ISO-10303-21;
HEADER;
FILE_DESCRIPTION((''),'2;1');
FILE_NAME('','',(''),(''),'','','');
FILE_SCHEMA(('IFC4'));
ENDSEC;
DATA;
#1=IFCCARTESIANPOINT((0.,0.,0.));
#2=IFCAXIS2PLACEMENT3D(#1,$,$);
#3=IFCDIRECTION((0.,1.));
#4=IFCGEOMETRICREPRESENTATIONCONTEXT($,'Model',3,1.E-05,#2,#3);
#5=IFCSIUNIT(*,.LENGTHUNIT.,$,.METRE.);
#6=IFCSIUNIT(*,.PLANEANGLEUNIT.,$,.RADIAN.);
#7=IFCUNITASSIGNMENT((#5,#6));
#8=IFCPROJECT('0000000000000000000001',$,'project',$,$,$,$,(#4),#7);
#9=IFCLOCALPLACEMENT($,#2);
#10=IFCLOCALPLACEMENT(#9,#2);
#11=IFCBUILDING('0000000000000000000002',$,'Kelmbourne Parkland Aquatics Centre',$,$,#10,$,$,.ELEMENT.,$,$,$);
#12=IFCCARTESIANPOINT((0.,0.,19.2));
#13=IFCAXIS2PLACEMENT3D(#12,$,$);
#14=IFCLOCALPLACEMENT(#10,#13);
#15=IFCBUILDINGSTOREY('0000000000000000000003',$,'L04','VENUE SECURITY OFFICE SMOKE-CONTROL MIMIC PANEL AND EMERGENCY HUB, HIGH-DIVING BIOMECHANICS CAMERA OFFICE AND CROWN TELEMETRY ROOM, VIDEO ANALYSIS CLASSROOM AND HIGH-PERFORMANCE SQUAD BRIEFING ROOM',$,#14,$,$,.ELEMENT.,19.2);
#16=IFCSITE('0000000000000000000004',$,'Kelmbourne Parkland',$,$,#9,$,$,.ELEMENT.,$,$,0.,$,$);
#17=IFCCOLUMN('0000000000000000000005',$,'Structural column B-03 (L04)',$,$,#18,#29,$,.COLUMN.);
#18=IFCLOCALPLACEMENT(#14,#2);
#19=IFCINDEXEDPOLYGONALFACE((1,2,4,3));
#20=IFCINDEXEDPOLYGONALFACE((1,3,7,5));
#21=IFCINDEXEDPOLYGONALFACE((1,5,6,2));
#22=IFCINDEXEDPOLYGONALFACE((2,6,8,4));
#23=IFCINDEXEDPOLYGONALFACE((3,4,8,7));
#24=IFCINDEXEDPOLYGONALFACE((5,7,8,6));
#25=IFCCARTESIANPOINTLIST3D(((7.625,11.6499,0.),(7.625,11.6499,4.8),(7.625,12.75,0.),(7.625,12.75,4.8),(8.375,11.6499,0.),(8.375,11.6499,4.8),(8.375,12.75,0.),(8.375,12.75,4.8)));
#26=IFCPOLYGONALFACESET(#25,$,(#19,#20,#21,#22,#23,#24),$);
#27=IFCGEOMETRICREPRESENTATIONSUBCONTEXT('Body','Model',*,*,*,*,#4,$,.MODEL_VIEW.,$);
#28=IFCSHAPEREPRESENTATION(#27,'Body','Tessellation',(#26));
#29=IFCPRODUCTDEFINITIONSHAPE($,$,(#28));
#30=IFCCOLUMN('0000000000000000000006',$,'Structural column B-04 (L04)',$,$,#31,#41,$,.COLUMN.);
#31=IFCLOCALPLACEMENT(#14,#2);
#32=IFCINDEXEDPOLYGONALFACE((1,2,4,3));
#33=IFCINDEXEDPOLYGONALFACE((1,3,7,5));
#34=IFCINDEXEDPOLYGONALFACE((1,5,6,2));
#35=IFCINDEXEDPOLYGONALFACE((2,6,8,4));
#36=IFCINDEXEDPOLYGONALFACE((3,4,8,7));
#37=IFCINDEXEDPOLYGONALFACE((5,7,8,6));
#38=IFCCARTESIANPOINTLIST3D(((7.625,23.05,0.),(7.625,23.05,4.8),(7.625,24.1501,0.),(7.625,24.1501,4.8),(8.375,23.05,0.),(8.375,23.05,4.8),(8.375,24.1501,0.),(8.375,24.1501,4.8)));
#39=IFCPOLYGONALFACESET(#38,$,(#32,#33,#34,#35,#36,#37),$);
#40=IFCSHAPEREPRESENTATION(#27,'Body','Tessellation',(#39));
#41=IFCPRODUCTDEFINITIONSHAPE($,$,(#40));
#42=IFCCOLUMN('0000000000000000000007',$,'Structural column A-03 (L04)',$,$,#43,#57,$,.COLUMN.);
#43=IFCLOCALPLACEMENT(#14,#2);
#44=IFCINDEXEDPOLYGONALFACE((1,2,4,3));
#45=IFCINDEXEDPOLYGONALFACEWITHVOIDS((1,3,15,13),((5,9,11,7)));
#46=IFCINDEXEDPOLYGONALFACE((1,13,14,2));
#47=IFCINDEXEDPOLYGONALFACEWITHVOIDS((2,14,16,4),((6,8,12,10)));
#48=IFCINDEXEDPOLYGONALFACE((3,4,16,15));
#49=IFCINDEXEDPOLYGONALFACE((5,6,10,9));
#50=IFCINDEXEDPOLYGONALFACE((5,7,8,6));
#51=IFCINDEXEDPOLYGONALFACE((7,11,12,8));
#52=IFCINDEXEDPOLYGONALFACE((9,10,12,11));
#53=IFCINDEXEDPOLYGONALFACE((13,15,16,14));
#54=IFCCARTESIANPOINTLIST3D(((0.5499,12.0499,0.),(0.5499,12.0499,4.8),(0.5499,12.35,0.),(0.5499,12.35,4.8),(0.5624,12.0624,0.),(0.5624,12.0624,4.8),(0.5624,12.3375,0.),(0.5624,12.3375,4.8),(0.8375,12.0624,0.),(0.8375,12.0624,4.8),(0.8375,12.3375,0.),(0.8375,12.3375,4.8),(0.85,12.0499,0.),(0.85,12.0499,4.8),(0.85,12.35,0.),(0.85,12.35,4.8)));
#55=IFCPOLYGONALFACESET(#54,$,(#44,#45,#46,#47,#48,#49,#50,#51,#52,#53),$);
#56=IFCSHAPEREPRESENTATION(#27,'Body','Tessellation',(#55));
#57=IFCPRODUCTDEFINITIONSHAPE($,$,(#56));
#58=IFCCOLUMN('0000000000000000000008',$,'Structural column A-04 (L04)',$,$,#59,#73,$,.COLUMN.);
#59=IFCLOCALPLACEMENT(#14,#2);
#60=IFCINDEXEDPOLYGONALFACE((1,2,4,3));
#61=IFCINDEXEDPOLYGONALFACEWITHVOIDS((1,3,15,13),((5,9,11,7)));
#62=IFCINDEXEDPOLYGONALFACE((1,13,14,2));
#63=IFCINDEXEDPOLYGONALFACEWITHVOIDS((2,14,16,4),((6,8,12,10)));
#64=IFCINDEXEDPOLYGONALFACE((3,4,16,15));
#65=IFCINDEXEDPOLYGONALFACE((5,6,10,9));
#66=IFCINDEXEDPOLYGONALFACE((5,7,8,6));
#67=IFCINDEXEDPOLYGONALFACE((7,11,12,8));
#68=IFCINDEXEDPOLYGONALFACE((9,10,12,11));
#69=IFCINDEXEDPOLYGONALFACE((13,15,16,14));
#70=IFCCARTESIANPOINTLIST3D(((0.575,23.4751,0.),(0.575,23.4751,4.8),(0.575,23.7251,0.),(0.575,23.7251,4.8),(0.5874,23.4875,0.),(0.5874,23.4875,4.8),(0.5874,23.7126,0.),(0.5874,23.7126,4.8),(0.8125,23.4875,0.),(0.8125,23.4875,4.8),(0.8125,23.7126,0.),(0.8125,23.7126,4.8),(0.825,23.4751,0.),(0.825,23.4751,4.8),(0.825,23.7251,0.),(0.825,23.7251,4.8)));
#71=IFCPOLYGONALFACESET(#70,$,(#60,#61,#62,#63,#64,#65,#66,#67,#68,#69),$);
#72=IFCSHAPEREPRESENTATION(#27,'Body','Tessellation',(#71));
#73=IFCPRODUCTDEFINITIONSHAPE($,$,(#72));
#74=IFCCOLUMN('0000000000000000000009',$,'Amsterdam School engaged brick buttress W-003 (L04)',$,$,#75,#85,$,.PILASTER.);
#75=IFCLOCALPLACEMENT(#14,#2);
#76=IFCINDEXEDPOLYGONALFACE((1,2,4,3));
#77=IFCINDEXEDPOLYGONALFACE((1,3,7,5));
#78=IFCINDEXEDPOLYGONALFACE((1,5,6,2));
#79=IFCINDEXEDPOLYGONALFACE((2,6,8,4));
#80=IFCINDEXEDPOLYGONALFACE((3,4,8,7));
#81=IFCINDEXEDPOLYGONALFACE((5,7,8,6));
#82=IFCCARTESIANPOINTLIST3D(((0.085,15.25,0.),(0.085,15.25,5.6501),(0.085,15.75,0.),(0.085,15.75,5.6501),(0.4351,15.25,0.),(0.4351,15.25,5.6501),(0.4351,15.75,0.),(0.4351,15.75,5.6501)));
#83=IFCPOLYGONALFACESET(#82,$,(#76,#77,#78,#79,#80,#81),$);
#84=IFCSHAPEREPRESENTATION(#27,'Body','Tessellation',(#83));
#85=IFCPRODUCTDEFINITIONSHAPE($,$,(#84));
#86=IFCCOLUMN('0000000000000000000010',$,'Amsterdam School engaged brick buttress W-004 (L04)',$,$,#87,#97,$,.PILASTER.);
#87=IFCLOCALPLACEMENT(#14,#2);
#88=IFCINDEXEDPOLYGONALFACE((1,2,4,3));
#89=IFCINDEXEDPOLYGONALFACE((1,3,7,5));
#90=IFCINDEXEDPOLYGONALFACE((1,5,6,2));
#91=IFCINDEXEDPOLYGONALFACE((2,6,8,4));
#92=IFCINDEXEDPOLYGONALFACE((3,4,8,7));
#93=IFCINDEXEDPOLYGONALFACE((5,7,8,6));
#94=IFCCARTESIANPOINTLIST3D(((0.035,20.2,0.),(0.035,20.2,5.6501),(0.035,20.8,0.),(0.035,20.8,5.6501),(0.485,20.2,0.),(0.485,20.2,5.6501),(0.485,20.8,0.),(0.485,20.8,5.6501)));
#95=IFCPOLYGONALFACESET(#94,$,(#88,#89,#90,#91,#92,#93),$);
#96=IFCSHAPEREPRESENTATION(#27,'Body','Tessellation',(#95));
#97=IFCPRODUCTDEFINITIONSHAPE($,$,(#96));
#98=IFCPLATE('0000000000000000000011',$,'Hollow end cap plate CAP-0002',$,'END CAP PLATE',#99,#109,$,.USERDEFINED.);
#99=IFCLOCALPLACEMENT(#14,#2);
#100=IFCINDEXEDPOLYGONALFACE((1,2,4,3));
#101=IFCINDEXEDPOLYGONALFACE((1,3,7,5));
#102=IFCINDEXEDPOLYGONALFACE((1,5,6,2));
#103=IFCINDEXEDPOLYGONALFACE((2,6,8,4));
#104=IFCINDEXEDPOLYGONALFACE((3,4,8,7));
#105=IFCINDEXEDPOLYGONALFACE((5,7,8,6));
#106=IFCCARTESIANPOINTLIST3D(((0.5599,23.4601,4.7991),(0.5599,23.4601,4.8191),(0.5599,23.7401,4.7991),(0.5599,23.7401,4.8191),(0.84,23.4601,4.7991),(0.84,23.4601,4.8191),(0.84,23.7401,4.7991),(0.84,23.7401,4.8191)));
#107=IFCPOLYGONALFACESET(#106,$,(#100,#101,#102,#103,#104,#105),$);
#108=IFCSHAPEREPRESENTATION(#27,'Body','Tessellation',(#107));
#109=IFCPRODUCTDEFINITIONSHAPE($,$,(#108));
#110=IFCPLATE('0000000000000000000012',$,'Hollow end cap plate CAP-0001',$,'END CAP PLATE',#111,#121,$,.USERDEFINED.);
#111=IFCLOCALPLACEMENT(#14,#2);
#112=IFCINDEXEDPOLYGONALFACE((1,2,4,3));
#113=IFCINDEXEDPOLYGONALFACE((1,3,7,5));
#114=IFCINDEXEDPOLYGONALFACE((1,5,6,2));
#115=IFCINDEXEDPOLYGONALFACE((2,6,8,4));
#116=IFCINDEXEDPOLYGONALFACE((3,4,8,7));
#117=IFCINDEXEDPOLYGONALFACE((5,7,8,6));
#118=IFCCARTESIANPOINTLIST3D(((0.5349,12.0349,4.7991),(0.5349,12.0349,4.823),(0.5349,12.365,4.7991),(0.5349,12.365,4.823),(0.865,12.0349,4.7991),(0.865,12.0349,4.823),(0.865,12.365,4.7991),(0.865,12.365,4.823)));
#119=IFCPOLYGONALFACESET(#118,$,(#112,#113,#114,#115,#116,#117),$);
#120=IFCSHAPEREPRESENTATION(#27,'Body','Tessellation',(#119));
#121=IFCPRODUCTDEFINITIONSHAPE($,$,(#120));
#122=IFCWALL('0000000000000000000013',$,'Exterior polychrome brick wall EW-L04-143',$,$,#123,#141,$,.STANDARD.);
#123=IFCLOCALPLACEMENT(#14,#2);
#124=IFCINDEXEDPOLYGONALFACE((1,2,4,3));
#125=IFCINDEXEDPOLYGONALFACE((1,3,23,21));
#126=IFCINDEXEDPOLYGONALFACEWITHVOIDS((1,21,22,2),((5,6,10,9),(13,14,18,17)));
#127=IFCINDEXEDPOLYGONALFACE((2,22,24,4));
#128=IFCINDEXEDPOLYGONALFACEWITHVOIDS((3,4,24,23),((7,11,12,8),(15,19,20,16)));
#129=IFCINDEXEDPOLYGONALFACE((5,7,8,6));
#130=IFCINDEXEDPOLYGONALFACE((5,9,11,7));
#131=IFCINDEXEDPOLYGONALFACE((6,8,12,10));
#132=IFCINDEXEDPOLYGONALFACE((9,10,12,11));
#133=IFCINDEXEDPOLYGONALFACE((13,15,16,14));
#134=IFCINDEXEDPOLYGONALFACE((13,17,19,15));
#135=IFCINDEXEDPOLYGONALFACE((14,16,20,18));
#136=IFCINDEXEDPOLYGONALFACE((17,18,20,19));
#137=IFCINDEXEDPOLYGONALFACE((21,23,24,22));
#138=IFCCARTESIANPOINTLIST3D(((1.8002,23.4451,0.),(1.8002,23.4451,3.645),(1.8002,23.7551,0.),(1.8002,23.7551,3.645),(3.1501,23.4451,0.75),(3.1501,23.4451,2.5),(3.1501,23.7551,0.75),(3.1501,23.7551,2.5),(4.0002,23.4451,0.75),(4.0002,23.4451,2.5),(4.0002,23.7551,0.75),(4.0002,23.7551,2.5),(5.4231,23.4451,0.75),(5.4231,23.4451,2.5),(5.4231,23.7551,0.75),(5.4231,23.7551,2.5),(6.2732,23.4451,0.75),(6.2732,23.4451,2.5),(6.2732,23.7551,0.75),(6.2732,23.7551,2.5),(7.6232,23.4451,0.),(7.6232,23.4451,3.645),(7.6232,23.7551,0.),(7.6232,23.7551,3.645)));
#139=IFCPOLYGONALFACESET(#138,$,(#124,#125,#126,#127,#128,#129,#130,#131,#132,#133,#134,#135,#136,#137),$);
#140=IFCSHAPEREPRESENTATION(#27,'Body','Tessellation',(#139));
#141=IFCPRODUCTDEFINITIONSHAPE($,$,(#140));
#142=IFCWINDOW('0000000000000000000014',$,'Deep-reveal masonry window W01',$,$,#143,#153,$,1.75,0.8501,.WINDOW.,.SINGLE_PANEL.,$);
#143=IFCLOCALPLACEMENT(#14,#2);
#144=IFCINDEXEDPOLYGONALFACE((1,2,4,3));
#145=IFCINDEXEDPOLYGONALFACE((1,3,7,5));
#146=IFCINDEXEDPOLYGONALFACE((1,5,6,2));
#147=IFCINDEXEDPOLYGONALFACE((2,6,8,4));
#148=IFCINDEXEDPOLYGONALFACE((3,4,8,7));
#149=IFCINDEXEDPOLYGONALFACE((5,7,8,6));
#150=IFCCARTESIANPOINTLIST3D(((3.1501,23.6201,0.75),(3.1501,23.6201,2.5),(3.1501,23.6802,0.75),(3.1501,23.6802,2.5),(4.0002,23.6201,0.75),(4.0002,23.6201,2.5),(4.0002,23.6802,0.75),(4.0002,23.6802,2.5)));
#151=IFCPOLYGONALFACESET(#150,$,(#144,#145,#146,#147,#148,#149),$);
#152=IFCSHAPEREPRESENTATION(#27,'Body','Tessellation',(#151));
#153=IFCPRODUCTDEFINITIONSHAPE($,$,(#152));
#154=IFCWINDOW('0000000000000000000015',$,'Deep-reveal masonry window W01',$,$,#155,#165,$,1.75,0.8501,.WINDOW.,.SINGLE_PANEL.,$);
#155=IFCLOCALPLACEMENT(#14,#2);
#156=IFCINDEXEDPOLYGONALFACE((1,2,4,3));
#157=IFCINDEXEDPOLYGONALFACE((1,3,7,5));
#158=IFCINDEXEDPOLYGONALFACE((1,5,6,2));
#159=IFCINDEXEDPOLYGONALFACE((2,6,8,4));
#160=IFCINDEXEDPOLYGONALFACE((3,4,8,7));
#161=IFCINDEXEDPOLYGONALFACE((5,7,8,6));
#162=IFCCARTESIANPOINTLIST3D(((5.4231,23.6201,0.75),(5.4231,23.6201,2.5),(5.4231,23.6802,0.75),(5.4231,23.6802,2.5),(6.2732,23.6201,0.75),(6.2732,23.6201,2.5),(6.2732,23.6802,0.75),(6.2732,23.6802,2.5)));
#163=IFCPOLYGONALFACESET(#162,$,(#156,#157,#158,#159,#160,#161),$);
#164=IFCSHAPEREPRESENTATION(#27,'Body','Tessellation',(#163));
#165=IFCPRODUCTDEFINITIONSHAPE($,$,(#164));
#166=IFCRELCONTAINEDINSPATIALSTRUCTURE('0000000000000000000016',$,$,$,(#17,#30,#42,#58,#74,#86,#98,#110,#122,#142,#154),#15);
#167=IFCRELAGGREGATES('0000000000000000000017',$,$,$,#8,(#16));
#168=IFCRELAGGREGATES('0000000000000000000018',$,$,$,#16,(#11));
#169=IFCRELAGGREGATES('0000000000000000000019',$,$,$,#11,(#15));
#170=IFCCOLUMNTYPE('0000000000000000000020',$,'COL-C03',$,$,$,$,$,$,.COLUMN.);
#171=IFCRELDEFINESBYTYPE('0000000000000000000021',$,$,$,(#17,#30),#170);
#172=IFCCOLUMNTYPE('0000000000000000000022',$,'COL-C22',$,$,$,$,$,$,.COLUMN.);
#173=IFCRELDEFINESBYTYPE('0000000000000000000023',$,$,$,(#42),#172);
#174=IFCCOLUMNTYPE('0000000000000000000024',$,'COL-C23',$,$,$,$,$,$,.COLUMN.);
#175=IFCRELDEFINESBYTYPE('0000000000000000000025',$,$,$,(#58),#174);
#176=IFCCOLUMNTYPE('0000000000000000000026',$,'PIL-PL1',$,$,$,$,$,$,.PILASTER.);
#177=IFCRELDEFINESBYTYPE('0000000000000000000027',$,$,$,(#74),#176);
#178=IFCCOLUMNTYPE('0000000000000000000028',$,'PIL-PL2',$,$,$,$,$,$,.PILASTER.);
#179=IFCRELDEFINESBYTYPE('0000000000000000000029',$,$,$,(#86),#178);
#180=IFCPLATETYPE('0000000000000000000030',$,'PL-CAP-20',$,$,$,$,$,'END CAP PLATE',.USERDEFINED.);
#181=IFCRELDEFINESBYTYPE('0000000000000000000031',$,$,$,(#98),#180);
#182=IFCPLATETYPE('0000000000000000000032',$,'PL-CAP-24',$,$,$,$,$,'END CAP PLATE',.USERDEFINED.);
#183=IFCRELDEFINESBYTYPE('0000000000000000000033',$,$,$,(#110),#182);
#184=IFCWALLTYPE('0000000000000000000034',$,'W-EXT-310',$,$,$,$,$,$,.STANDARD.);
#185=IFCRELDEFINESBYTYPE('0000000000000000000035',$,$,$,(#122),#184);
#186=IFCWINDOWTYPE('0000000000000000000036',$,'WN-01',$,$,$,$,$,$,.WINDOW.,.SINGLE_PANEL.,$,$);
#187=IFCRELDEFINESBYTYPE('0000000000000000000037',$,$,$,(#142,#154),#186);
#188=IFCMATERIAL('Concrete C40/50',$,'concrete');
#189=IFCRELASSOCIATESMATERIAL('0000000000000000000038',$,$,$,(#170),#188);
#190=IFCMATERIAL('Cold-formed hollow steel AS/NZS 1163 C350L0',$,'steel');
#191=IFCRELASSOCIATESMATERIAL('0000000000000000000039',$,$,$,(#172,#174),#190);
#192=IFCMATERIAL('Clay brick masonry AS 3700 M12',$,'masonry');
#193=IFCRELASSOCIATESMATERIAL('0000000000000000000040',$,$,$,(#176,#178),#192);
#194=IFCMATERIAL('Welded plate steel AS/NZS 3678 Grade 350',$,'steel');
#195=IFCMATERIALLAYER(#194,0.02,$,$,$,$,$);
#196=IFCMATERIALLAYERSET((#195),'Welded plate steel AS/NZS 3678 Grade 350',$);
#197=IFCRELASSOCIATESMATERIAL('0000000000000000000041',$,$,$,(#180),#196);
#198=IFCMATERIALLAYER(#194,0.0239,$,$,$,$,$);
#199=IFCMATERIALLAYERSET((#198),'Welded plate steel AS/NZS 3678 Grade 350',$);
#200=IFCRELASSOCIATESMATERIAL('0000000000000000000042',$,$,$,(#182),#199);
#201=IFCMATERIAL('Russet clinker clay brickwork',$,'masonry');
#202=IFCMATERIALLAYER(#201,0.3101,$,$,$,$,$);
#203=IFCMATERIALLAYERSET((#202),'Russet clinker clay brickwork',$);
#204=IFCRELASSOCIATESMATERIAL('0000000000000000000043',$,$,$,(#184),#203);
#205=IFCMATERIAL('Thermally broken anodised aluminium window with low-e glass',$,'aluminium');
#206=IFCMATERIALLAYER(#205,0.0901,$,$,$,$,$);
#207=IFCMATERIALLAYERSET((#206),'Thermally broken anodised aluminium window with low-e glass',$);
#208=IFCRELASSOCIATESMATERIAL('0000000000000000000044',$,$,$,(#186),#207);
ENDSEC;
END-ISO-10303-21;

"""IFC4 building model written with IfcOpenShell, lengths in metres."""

from ifc_helpers import new_model, si_unit, direction, frame, frame_2d, origin, origin_2d, place, context, subcontext, project, spatial, rectangle, hollow_rectangle, extrude, material, layer, layer_set, material_profile, profile_set, type_object, element, fill, save


model = new_model("IFC4")

# Units and contexts
model_context = context("Model", 3, precision=1e-05, world=origin(), true_north=direction((0.0, 1.0)))
body_context = subcontext(model_context, "Body", "Model", "MODEL_VIEW")
ifc_project = project(units=[si_unit("LENGTHUNIT", "METRE"), si_unit("PLANEANGLEUNIT", "RADIAN")], contexts=[model_context])

# Site, building, storey
site_placement = place(None, origin())
site = spatial("IfcSite", under=ifc_project, at=site_placement, Name="Kelmbourne Parkland", CompositionType="ELEMENT", RefElevation=0.0)
building_placement = place(site_placement, origin())
building = spatial("IfcBuilding", under=site, at=building_placement, Name="Kelmbourne Parkland Aquatics Centre", CompositionType="ELEMENT")
storey_placement = place(building_placement, frame((0.0, 0.0, 19.2)))
storey = spatial("IfcBuildingStorey", under=building, at=storey_placement, Name="L04", Description="VENUE SECURITY OFFICE SMOKE-CONTROL MIMIC PANEL AND EMERGENCY HUB, HIGH-DIVING BIOMECHANICS CAMERA OFFICE AND CROWN TELEMETRY ROOM, VIDEO ANALYSIS CLASSROOM AND HIGH-PERFORMANCE SQUAD BRIEFING ROOM", CompositionType="ELEMENT", Elevation=19.2)

# Columns
ifc_material_1 = material(Name="Concrete C40/50", Category="concrete")
ifc_material_profile_1 = material_profile(ifc_material_1, rectangle(XDim=0.75, YDim=1.1001, at=origin_2d()), Name="RC 750x1100")
ifc_profile_set_1 = profile_set([ifc_material_profile_1], Name="Concrete C40/50")
column_type_1 = type_object("IfcColumnType", Name="COL-C03", PredefinedType="COLUMN", material=ifc_profile_set_1)
for number, where, z_axis, x_axis, name in (
    (1, (8.0, 12.2, 0.0), (0.0, 0.0, 1.0), (1.0, 0.0, 0.0), "Structural column B-03 (L04)"),
    (2, (8.0, 23.6001, 0.0), (0.0, 0.0, 1.0), (1.0, 0.0, 0.0), "Structural column B-04 (L04)"),
):
    element("IfcColumn", number, at=place(storey_placement, frame(where, z_axis=z_axis, x_axis=x_axis)), inside=storey, type_object=column_type_1, Name=name, PredefinedType="COLUMN", context=body_context, shape_type="SweptSolid", body=[
        extrude(rectangle(XDim=0.75, YDim=1.1001, at=origin_2d()), origin(), (0.0, 0.0, 1.0), 4.8),
    ])
ifc_material_2 = material(Name="Cold-formed hollow steel AS/NZS 1163 C350L0", Category="steel")
ifc_material_profile_2 = material_profile(ifc_material_2, hollow_rectangle(XDim=0.3, YDim=0.3, WallThickness=0.0125, at=origin_2d()), Name="SHS 300x300x12.5")
ifc_profile_set_2 = profile_set([ifc_material_profile_2], Name="Cold-formed hollow steel AS/NZS 1163 C350L0")
column_type_2 = type_object("IfcColumnType", Name="COL-C22", PredefinedType="COLUMN", material=ifc_profile_set_2)
column_1_placement = place(storey_placement, frame((0.7, 12.2, 0.0), z_axis=(0.0, 0.0, 1.0), x_axis=(1.0, 0.0, 0.0)))
element("IfcColumn", 3, at=column_1_placement, inside=storey, type_object=column_type_2, Name="Structural column A-03 (L04)", PredefinedType="COLUMN", context=body_context, shape_type="SweptSolid", body=[
    extrude(hollow_rectangle(XDim=0.3, YDim=0.3, WallThickness=0.0125, at=origin_2d()), origin(), (0.0, 0.0, 1.0), 4.8),
])
ifc_material_profile_3 = material_profile(ifc_material_2, hollow_rectangle(XDim=0.25, YDim=0.25, WallThickness=0.0125, at=origin_2d()), Name="SHS 250x250x12.5")
ifc_profile_set_3 = profile_set([ifc_material_profile_3], Name="Cold-formed hollow steel AS/NZS 1163 C350L0")
column_type_3 = type_object("IfcColumnType", Name="COL-C23", PredefinedType="COLUMN", material=ifc_profile_set_3)
column_2_placement = place(storey_placement, frame((0.7, 23.6001, 0.0), z_axis=(0.0, 0.0, 1.0), x_axis=(1.0, 0.0, 0.0)))
element("IfcColumn", 4, at=column_2_placement, inside=storey, type_object=column_type_3, Name="Structural column A-04 (L04)", PredefinedType="COLUMN", context=body_context, shape_type="SweptSolid", body=[
    extrude(hollow_rectangle(XDim=0.25, YDim=0.25, WallThickness=0.0125, at=origin_2d()), origin(), (0.0, 0.0, 1.0), 4.8),
])
ifc_material_3 = material(Name="Clay brick masonry AS 3700 M12", Category="masonry")
ifc_material_profile_4 = material_profile(ifc_material_3, rectangle(XDim=0.3501, YDim=0.5, at=origin_2d()), Name="PIL 350x500")
ifc_profile_set_4 = profile_set([ifc_material_profile_4], Name="Clay brick masonry AS 3700 M12")
column_type_4 = type_object("IfcColumnType", Name="PIL-PL1", PredefinedType="PILASTER", material=ifc_profile_set_4)
column_3_placement = place(storey_placement, frame((0.26, 15.5, 0.0), z_axis=(0.0, 0.0, 1.0), x_axis=(1.0, 0.0, 0.0)))
element("IfcColumn", 5, at=column_3_placement, inside=storey, type_object=column_type_4, Name="Amsterdam School engaged brick buttress W-003 (L04)", PredefinedType="PILASTER", context=body_context, shape_type="SweptSolid", body=[
    extrude(rectangle(XDim=0.3501, YDim=0.5, at=origin_2d()), origin(), (0.0, 0.0, 1.0), 5.6501),
])
ifc_material_profile_5 = material_profile(ifc_material_3, rectangle(XDim=0.45, YDim=0.6001, at=origin_2d()), Name="PIL 450x600")
ifc_profile_set_5 = profile_set([ifc_material_profile_5], Name="Clay brick masonry AS 3700 M12")
column_type_5 = type_object("IfcColumnType", Name="PIL-PL2", PredefinedType="PILASTER", material=ifc_profile_set_5)
column_4_placement = place(storey_placement, frame((0.26, 20.5, 0.0), z_axis=(0.0, 0.0, 1.0), x_axis=(1.0, 0.0, 0.0)))
element("IfcColumn", 6, at=column_4_placement, inside=storey, type_object=column_type_5, Name="Amsterdam School engaged brick buttress W-004 (L04)", PredefinedType="PILASTER", context=body_context, shape_type="SweptSolid", body=[
    extrude(rectangle(XDim=0.45, YDim=0.6001, at=origin_2d()), origin(), (0.0, 0.0, 1.0), 5.6501),
])

# Plates
ifc_material_4 = material(Name="Welded plate steel AS/NZS 3678 Grade 350", Category="steel")
ifc_layer_1 = layer(ifc_material_4, 0.02)
ifc_layer_set_1 = layer_set([ifc_layer_1], Name="Welded plate steel AS/NZS 3678 Grade 350")
plate_type_1 = type_object("IfcPlateType", Name="PL-CAP-20", ElementType="END CAP PLATE", PredefinedType="USERDEFINED", material=ifc_layer_set_1)
plate_1_placement = place(storey_placement, frame((0.7, 23.6001, 4.7991), z_axis=(0.0, 0.0, 1.0), x_axis=(1.0, 0.0, 0.0)))
element("IfcPlate", 7, at=plate_1_placement, inside=storey, type_object=plate_type_1, Name="Hollow end cap plate CAP-0002", ObjectType="END CAP PLATE", PredefinedType="USERDEFINED", context=body_context, shape_type="SweptSolid", body=[
    extrude(rectangle(XDim=0.28, YDim=0.28, at=origin_2d()), origin(), (0.0, 0.0, 1.0), 0.02),
])
ifc_layer_2 = layer(ifc_material_4, 0.0239)
ifc_layer_set_2 = layer_set([ifc_layer_2], Name="Welded plate steel AS/NZS 3678 Grade 350")
plate_type_2 = type_object("IfcPlateType", Name="PL-CAP-24", ElementType="END CAP PLATE", PredefinedType="USERDEFINED", material=ifc_layer_set_2)
plate_2_placement = place(storey_placement, frame((0.7, 12.2, 4.7991), z_axis=(0.0, 0.0, 1.0), x_axis=(1.0, 0.0, 0.0)))
element("IfcPlate", 8, at=plate_2_placement, inside=storey, type_object=plate_type_2, Name="Hollow end cap plate CAP-0001", ObjectType="END CAP PLATE", PredefinedType="USERDEFINED", context=body_context, shape_type="SweptSolid", body=[
    extrude(rectangle(XDim=0.3301, YDim=0.3301, at=origin_2d()), origin(), (0.0, 0.0, 1.0), 0.0239),
])

# Wall, openings, windows
ifc_material_5 = material(Name="Russet clinker clay brickwork", Category="masonry")
ifc_layer_3 = layer(ifc_material_5, 0.3101)
ifc_layer_set_3 = layer_set([ifc_layer_3], Name="Russet clinker clay brickwork")
wall_type_1 = type_object("IfcWallType", Name="W-EXT-310", PredefinedType="STANDARD", material=ifc_layer_set_3)
wall_1_placement = place(storey_placement, frame((1.8, 23.6001, 0.0), z_axis=(0.0, 0.0, 1.0), x_axis=(1.0, 0.0, 0.0)))
wall_1 = element("IfcWall", 9, at=wall_1_placement, inside=storey, type_object=wall_type_1, Name="Exterior polychrome brick wall EW-L04-143", PredefinedType="STANDARD", context=body_context, shape_type="SweptSolid", body=[
    extrude(rectangle(XDim=5.823, YDim=0.3101, at=frame_2d((2.9116, 0.0))), origin(), (0.0, 0.0, 1.0), 3.645),
])
opening_1_placement = place(wall_1_placement, frame((1.3501, 0.0, 0.75)))
opening_1 = element("IfcOpeningElement", 10, at=opening_1_placement, cuts=wall_1, PredefinedType="OPENING", context=body_context, shape_type="SweptSolid", body=[
    extrude(rectangle(XDim=0.8501, YDim=1.75, at=frame_2d((0.425, 0.875))), frame((0.0, 0.167, 0.0), z_axis=(0.0, -1.0, 0.0), x_axis=(1.0, 0.0, 0.0)), (0.0, 0.0, 1.0), 0.334),
])
opening_2_placement = place(wall_1_placement, frame((3.623, 0.0, 0.75)))
opening_2 = element("IfcOpeningElement", 11, at=opening_2_placement, cuts=wall_1, PredefinedType="OPENING", context=body_context, shape_type="SweptSolid", body=[
    extrude(rectangle(XDim=0.8501, YDim=1.75, at=frame_2d((0.425, 0.875))), frame((0.0, 0.167, 0.0), z_axis=(0.0, -1.0, 0.0), x_axis=(1.0, 0.0, 0.0)), (0.0, 0.0, 1.0), 0.334),
])
ifc_material_6 = material(Name="Thermally broken anodised aluminium window with low-e glass", Category="aluminium")
ifc_layer_4 = layer(ifc_material_6, 0.0901)
ifc_layer_set_4 = layer_set([ifc_layer_4], Name="Thermally broken anodised aluminium window with low-e glass")
window_type_1 = type_object("IfcWindowType", Name="WN-01", PartitioningType="SINGLE_PANEL", PredefinedType="WINDOW", material=ifc_layer_set_4)
window_1_placement = place(opening_1_placement, origin())
window_1 = element("IfcWindow", 12, at=window_1_placement, inside=storey, type_object=window_type_1, Name="Deep-reveal masonry window W01", OverallHeight=1.75, OverallWidth=0.8501, PartitioningType="SINGLE_PANEL", PredefinedType="WINDOW", context=body_context, shape_type="SweptSolid", body=[
    extrude(rectangle(XDim=0.8501, YDim=1.75, at=frame_2d((0.425, 0.875))), frame((0.0, 0.0801, 0.0), z_axis=(0.0, -1.0, 0.0), x_axis=(1.0, 0.0, 0.0)), (0.0, 0.0, 1.0), 0.0601),
])
fill(opening_1, window_1)
window_2_placement = place(opening_2_placement, origin())
window_2 = element("IfcWindow", 13, at=window_2_placement, inside=storey, type_object=window_type_1, Name="Deep-reveal masonry window W01", OverallHeight=1.75, OverallWidth=0.8501, PartitioningType="SINGLE_PANEL", PredefinedType="WINDOW", context=body_context, shape_type="SweptSolid", body=[
    extrude(rectangle(XDim=0.8501, YDim=1.75, at=frame_2d((0.425, 0.875))), frame((0.0, 0.0801, 0.0), z_axis=(0.0, -1.0, 0.0), x_axis=(1.0, 0.0, 0.0)), (0.0, 0.0, 1.0), 0.0601),
])
fill(opening_2, window_2)

save(model, "model.ifc")
